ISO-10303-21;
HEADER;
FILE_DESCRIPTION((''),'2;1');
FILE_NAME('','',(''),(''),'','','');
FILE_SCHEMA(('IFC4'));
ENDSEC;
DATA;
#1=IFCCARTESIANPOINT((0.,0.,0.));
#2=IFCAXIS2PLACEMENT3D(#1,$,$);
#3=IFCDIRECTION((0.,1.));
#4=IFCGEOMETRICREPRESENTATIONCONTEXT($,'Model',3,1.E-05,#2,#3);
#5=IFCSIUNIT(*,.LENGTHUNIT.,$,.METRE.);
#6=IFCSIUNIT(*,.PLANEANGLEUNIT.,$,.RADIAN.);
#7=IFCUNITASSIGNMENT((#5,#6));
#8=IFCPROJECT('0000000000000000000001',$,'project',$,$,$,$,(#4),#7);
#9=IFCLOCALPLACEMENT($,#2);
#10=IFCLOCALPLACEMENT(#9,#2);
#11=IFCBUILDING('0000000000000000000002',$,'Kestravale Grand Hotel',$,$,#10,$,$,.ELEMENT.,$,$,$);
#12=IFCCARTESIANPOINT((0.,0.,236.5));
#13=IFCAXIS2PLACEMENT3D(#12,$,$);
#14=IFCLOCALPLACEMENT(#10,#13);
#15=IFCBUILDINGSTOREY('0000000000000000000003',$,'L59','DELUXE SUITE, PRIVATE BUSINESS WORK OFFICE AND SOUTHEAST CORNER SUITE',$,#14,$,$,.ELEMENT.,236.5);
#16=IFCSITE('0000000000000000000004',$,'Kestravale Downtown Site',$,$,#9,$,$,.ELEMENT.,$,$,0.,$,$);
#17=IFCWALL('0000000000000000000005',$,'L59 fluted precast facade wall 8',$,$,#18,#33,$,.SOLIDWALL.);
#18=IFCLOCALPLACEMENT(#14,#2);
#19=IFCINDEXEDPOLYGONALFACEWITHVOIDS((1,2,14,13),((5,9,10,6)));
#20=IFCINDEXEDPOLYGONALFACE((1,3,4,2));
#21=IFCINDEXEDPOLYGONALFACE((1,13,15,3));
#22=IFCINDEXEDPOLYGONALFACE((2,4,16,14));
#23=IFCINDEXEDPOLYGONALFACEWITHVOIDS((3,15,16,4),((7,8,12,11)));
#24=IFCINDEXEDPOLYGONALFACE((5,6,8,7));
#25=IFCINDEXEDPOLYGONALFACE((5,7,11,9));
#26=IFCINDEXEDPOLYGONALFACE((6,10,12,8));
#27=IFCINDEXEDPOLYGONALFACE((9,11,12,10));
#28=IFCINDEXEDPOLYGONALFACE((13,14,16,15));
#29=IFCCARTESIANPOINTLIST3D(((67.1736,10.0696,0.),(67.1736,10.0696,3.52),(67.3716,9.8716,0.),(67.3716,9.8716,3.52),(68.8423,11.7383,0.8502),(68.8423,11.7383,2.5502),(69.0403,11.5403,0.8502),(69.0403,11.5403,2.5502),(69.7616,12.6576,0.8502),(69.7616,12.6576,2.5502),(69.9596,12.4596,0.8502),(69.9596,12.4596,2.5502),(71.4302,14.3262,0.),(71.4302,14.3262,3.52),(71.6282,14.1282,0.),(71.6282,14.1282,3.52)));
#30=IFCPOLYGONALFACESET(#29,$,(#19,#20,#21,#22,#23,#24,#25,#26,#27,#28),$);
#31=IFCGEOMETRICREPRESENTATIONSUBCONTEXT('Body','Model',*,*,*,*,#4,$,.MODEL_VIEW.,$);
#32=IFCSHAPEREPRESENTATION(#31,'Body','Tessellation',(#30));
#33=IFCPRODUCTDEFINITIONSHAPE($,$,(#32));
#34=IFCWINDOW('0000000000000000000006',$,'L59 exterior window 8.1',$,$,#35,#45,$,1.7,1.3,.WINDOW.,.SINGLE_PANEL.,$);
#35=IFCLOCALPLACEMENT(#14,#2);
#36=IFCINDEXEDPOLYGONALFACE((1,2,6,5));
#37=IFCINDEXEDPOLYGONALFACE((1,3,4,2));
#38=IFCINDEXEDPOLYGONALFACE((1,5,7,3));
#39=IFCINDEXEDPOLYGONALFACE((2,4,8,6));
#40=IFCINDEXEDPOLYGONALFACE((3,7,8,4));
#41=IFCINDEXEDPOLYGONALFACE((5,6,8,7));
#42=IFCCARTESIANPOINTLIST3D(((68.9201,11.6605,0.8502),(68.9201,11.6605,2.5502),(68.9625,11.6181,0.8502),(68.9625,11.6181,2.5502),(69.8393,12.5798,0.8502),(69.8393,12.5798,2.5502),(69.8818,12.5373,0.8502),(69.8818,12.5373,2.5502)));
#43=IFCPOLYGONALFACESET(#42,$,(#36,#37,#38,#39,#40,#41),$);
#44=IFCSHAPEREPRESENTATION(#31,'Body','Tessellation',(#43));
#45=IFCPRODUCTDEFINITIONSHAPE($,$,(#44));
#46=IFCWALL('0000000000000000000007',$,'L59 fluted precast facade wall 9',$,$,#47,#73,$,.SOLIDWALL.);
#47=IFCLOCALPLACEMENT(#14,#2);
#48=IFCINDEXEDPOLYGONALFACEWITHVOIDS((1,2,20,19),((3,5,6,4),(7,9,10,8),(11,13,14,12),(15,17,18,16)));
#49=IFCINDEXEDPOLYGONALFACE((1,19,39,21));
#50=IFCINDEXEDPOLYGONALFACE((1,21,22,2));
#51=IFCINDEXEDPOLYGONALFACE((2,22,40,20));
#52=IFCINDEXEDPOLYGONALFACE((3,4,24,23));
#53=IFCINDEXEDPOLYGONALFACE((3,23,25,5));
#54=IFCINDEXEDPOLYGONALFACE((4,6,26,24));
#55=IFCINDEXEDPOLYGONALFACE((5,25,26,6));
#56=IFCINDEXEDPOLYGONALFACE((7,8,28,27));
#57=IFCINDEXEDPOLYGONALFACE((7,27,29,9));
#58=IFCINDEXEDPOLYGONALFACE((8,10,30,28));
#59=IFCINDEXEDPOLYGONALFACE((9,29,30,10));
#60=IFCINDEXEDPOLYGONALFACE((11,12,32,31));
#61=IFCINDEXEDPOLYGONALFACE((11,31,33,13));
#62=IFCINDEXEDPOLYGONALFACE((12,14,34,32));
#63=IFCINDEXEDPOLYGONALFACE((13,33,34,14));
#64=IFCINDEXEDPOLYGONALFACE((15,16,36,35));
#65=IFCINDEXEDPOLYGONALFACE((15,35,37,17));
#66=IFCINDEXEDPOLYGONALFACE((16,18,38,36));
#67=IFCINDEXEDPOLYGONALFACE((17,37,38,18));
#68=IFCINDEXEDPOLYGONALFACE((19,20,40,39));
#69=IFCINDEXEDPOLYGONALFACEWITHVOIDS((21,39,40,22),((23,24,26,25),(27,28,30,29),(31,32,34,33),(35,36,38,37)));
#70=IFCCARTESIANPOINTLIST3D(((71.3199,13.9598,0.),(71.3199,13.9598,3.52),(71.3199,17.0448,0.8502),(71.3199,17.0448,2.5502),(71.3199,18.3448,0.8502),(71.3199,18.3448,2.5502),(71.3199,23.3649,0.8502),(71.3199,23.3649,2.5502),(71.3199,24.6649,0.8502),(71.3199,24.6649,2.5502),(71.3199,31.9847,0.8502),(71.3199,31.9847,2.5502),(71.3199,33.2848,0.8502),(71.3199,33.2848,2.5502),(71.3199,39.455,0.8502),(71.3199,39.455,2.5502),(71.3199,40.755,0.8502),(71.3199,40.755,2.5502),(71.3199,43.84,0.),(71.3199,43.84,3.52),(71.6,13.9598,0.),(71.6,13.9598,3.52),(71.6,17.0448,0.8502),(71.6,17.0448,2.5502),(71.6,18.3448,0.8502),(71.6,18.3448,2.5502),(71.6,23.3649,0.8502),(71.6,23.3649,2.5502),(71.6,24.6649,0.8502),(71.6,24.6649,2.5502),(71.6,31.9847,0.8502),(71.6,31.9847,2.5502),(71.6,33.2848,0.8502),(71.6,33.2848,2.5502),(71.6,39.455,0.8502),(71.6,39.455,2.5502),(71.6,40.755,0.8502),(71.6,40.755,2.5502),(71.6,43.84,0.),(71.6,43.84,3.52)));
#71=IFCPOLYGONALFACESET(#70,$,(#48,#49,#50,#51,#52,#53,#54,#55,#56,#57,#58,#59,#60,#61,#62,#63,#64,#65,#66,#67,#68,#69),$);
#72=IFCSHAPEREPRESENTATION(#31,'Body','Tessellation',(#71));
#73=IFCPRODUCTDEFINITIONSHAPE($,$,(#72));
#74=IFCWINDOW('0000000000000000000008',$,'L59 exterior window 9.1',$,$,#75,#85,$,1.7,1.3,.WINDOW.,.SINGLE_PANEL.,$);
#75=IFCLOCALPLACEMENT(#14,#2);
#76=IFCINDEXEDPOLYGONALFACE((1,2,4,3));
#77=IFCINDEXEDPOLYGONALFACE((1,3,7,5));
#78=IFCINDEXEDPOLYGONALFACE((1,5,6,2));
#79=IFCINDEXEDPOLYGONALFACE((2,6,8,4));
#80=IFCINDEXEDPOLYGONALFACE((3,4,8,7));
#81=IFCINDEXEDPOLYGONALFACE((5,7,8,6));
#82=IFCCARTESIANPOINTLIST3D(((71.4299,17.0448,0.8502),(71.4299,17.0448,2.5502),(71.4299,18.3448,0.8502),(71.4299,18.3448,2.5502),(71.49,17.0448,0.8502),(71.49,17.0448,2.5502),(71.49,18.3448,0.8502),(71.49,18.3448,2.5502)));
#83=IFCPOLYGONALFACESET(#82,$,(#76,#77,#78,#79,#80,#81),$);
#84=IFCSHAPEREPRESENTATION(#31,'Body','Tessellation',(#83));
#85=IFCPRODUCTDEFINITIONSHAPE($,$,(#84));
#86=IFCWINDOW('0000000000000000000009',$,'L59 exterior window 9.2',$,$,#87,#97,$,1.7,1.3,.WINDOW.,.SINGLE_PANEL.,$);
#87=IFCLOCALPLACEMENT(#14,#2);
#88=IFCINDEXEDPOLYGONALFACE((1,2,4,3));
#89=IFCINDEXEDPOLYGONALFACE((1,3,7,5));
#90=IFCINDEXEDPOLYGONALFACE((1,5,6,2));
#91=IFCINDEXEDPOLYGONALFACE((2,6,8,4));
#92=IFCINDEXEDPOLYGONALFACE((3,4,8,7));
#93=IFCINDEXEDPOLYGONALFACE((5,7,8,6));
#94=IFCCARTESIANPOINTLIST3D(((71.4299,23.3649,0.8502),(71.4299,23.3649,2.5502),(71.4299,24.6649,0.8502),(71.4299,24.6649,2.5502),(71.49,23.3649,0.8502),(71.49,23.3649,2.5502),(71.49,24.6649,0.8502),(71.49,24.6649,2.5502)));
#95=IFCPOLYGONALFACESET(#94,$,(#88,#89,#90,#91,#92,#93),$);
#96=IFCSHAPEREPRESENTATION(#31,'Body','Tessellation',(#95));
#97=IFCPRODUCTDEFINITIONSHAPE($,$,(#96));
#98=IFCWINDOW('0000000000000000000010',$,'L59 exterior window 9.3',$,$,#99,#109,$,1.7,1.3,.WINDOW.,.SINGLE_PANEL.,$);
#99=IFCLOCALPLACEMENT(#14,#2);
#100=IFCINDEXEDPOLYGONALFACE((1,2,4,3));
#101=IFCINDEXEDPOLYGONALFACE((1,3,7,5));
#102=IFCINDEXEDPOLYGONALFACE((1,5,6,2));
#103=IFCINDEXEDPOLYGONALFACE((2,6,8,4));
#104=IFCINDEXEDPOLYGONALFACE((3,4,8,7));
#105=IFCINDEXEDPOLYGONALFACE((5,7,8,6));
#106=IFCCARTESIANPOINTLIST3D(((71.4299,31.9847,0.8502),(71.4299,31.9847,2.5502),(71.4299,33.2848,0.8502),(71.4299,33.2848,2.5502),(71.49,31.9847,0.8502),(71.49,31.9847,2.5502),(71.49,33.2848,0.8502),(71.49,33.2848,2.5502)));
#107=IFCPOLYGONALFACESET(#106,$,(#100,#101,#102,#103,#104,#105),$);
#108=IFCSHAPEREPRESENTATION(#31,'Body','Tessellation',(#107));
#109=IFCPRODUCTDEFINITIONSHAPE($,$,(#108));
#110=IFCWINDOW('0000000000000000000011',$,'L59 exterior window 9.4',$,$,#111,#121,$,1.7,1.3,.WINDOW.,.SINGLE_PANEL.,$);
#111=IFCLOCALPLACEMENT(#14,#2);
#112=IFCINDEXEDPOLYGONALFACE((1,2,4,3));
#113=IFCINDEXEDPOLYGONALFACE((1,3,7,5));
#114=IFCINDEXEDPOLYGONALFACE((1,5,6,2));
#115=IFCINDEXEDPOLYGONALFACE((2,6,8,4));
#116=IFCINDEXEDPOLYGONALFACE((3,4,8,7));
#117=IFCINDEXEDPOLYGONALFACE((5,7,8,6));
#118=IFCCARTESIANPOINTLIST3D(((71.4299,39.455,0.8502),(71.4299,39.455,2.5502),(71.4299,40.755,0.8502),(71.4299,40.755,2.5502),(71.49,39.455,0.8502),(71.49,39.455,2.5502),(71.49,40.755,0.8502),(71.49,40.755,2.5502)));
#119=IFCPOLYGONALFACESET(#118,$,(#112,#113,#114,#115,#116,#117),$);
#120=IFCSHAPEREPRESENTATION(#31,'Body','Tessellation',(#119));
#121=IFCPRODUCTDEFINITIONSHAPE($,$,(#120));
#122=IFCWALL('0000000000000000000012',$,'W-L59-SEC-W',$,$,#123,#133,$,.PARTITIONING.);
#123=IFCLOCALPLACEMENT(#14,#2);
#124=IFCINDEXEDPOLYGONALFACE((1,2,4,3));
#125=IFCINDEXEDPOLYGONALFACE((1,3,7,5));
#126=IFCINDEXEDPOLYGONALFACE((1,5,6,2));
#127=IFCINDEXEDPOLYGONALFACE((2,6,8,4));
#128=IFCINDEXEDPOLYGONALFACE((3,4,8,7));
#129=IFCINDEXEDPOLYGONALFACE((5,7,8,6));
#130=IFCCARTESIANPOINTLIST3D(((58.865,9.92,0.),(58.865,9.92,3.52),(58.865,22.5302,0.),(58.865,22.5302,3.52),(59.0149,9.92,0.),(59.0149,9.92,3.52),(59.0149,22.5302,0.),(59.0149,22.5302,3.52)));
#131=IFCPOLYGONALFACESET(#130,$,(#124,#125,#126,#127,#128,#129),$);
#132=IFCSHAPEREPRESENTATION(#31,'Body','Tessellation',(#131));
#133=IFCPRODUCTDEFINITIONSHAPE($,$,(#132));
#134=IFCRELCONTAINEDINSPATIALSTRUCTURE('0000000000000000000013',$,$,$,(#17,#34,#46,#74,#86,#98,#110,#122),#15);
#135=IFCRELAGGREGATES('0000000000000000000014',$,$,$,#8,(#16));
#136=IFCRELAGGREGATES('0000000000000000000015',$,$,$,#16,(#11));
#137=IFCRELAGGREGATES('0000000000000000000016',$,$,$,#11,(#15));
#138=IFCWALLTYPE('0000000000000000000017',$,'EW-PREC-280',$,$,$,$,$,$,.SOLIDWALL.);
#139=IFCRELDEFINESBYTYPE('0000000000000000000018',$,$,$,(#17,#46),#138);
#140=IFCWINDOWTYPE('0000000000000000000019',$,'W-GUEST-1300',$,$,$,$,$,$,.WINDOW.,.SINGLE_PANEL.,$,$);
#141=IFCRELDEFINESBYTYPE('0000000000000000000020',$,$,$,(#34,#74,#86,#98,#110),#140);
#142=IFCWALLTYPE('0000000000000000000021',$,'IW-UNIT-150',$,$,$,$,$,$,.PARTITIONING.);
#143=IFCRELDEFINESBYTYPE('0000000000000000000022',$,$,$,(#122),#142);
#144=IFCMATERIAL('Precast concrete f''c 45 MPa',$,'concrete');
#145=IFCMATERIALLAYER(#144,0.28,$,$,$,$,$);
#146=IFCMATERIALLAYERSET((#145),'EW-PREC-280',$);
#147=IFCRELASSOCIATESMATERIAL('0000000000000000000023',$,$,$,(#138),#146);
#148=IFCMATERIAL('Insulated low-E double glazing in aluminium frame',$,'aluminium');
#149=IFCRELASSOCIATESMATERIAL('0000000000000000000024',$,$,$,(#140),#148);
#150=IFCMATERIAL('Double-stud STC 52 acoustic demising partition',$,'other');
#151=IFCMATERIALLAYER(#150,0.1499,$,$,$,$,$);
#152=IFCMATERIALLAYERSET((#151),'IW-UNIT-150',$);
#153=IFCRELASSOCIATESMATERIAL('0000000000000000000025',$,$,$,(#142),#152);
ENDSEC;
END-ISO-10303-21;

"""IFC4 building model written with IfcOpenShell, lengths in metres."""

from ifc_helpers import new_model, si_unit, direction, frame, frame_2d, origin, place, context, subcontext, project, spatial, rectangle, extrude, material, layer, layer_set, type_object, element, fill, save


model = new_model("IFC4")

# Units and contexts
model_context = context("Model", 3, precision=1e-05, world=origin(), true_north=direction((0.0, 1.0)))
body_context = subcontext(model_context, "Body", "Model", "MODEL_VIEW")
ifc_project = project(units=[si_unit("LENGTHUNIT", "METRE"), si_unit("PLANEANGLEUNIT", "RADIAN")], contexts=[model_context])

# Site, building, storey
site_placement = place(None, origin())
site = spatial("IfcSite", under=ifc_project, at=site_placement, Name="Kestravale Downtown Site", CompositionType="ELEMENT", RefElevation=0.0)
building_placement = place(site_placement, origin())
building = spatial("IfcBuilding", under=site, at=building_placement, Name="Kestravale Grand Hotel", CompositionType="ELEMENT")
storey_placement = place(building_placement, frame((0.0, 0.0, 236.5)))
storey = spatial("IfcBuildingStorey", under=building, at=storey_placement, Name="L59", Description="DELUXE SUITE, PRIVATE BUSINESS WORK OFFICE AND SOUTHEAST CORNER SUITE", CompositionType="ELEMENT", Elevation=236.5)

# Wall, opening, window
ifc_material_1 = material(Name="Precast concrete f'c 45 MPa", Category="concrete")
ifc_layer_1 = layer(ifc_material_1, 0.28)
ifc_layer_set_1 = layer_set([ifc_layer_1], Name="EW-PREC-280")
wall_type_1 = type_object("IfcWallType", Name="EW-PREC-280", PredefinedType="SOLIDWALL", material=ifc_layer_set_1)
wall_1_placement = place(storey_placement, frame((67.2727, 9.9707, 0.0), z_axis=(0.0, 0.0, 1.0), x_axis=(0.707107, 0.707107, 0.0)))
wall_1 = element("IfcWall", 1, at=wall_1_placement, inside=storey, type_object=wall_type_1, Name="L59 fluted precast facade wall 8", PredefinedType="SOLIDWALL", context=body_context, shape_type="SweptSolid", body=[
    extrude(rectangle(XDim=6.0198, YDim=0.28, at=frame_2d((3.0098, 0.0))), origin(), (0.0, 0.0, 1.0), 3.52),
])
opening_1_placement = place(wall_1_placement, frame((2.3599, 0.0, 0.8501)))
opening_1 = element("IfcOpeningElement", 2, at=opening_1_placement, cuts=wall_1, PredefinedType="OPENING", context=body_context, shape_type="SweptSolid", body=[
    extrude(rectangle(XDim=1.3, YDim=1.7, at=frame_2d((0.6499, 0.8501))), frame((0.0, 0.1499, 0.0), z_axis=(0.0, -1.0, 0.0), x_axis=(1.0, 0.0, 0.0)), (0.0, 0.0, 1.0), 0.3),
])
ifc_material_2 = material(Name="Insulated low-E double glazing in aluminium frame", Category="aluminium")
window_type = type_object("IfcWindowType", Name="W-GUEST-1300", PartitioningType="SINGLE_PANEL", PredefinedType="WINDOW", material=ifc_material_2)
window_1_placement = place(opening_1_placement, origin())
window_1 = element("IfcWindow", 3, at=window_1_placement, inside=storey, type_object=window_type, Name="L59 exterior window 8.1", OverallHeight=1.7, OverallWidth=1.3, PartitioningType="SINGLE_PANEL", PredefinedType="WINDOW", context=body_context, shape_type="SweptSolid", body=[
    extrude(rectangle(XDim=1.3, YDim=1.7, at=frame_2d((0.6499, 0.8501))), frame((0.0, 0.03, 0.0), z_axis=(0.0, -1.0, 0.0), x_axis=(1.0, 0.0, 0.0)), (0.0, 0.0, 1.0), 0.0601),
])
fill(opening_1, window_1)

# Wall, openings, windows
wall_2_placement = place(storey_placement, frame((71.46, 13.96, 0.0), z_axis=(0.0, 0.0, 1.0), x_axis=(0.0, 1.0, 0.0)))
wall_2 = element("IfcWall", 4, at=wall_2_placement, inside=storey, type_object=wall_type_1, Name="L59 fluted precast facade wall 9", PredefinedType="SOLIDWALL", context=body_context, shape_type="SweptSolid", body=[
    extrude(rectangle(XDim=29.8801, YDim=0.28, at=frame_2d((14.9399, 0.0))), origin(), (0.0, 0.0, 1.0), 3.52),
])
opening_2_placement = place(wall_2_placement, frame((3.085, 0.0, 0.8501)))
opening_2 = element("IfcOpeningElement", 5, at=opening_2_placement, cuts=wall_2, PredefinedType="OPENING", context=body_context, shape_type="SweptSolid", body=[
    extrude(rectangle(XDim=1.3, YDim=1.7, at=frame_2d((0.6499, 0.8501))), frame((0.0, 0.1499, 0.0), z_axis=(0.0, -1.0, 0.0), x_axis=(1.0, 0.0, 0.0)), (0.0, 0.0, 1.0), 0.3),
])
opening_3_placement = place(wall_2_placement, frame((9.405, 0.0, 0.8501)))
opening_3 = element("IfcOpeningElement", 6, at=opening_3_placement, cuts=wall_2, PredefinedType="OPENING", context=body_context, shape_type="SweptSolid", body=[
    extrude(rectangle(XDim=1.3, YDim=1.7, at=frame_2d((0.6499, 0.8501))), frame((0.0, 0.1499, 0.0), z_axis=(0.0, -1.0, 0.0), x_axis=(1.0, 0.0, 0.0)), (0.0, 0.0, 1.0), 0.3),
])
opening_4_placement = place(wall_2_placement, frame((18.0249, 0.0, 0.8501)))
opening_4 = element("IfcOpeningElement", 7, at=opening_4_placement, cuts=wall_2, PredefinedType="OPENING", context=body_context, shape_type="SweptSolid", body=[
    extrude(rectangle(XDim=1.3, YDim=1.7, at=frame_2d((0.6499, 0.8501))), frame((0.0, 0.1499, 0.0), z_axis=(0.0, -1.0, 0.0), x_axis=(1.0, 0.0, 0.0)), (0.0, 0.0, 1.0), 0.3),
])
opening_5_placement = place(wall_2_placement, frame((25.4951, 0.0, 0.8501)))
opening_5 = element("IfcOpeningElement", 8, at=opening_5_placement, cuts=wall_2, PredefinedType="OPENING", context=body_context, shape_type="SweptSolid", body=[
    extrude(rectangle(XDim=1.3, YDim=1.7, at=frame_2d((0.6499, 0.8501))), frame((0.0, 0.1499, 0.0), z_axis=(0.0, -1.0, 0.0), x_axis=(1.0, 0.0, 0.0)), (0.0, 0.0, 1.0), 0.3),
])
window_2_placement = place(opening_2_placement, origin())
window_2 = element("IfcWindow", 9, at=window_2_placement, inside=storey, type_object=window_type, Name="L59 exterior window 9.1", OverallHeight=1.7, OverallWidth=1.3, PartitioningType="SINGLE_PANEL", PredefinedType="WINDOW", context=body_context, shape_type="SweptSolid", body=[
    extrude(rectangle(XDim=1.3, YDim=1.7, at=frame_2d((0.6499, 0.8501))), frame((0.0, 0.03, 0.0), z_axis=(0.0, -1.0, 0.0), x_axis=(1.0, 0.0, 0.0)), (0.0, 0.0, 1.0), 0.0601),
])
fill(opening_2, window_2)
window_3_placement = place(opening_3_placement, origin())
window_3 = element("IfcWindow", 10, at=window_3_placement, inside=storey, type_object=window_type, Name="L59 exterior window 9.2", OverallHeight=1.7, OverallWidth=1.3, PartitioningType="SINGLE_PANEL", PredefinedType="WINDOW", context=body_context, shape_type="SweptSolid", body=[
    extrude(rectangle(XDim=1.3, YDim=1.7, at=frame_2d((0.6499, 0.8501))), frame((0.0, 0.03, 0.0), z_axis=(0.0, -1.0, 0.0), x_axis=(1.0, 0.0, 0.0)), (0.0, 0.0, 1.0), 0.0601),
])
fill(opening_3, window_3)
window_4_placement = place(opening_4_placement, origin())
window_4 = element("IfcWindow", 11, at=window_4_placement, inside=storey, type_object=window_type, Name="L59 exterior window 9.3", OverallHeight=1.7, OverallWidth=1.3, PartitioningType="SINGLE_PANEL", PredefinedType="WINDOW", context=body_context, shape_type="SweptSolid", body=[
    extrude(rectangle(XDim=1.3, YDim=1.7, at=frame_2d((0.6499, 0.8501))), frame((0.0, 0.03, 0.0), z_axis=(0.0, -1.0, 0.0), x_axis=(1.0, 0.0, 0.0)), (0.0, 0.0, 1.0), 0.0601),
])
fill(opening_4, window_4)
window_5_placement = place(opening_5_placement, origin())
window_5 = element("IfcWindow", 12, at=window_5_placement, inside=storey, type_object=window_type, Name="L59 exterior window 9.4", OverallHeight=1.7, OverallWidth=1.3, PartitioningType="SINGLE_PANEL", PredefinedType="WINDOW", context=body_context, shape_type="SweptSolid", body=[
    extrude(rectangle(XDim=1.3, YDim=1.7, at=frame_2d((0.6499, 0.8501))), frame((0.0, 0.03, 0.0), z_axis=(0.0, -1.0, 0.0), x_axis=(1.0, 0.0, 0.0)), (0.0, 0.0, 1.0), 0.0601),
])
fill(opening_5, window_5)

# Wall
ifc_material_3 = material(Name="Double-stud STC 52 acoustic demising partition", Category="other")
ifc_layer_2 = layer(ifc_material_3, 0.1499)
ifc_layer_set_2 = layer_set([ifc_layer_2], Name="IW-UNIT-150")
wall_type_2 = type_object("IfcWallType", Name="IW-UNIT-150", PredefinedType="PARTITIONING", material=ifc_layer_set_2)
wall_3_placement = place(storey_placement, frame((58.9399, 9.9199, 0.0), z_axis=(0.0, 0.0, 1.0), x_axis=(0.0, 1.0, 0.0)))
element("IfcWall", 13, at=wall_3_placement, inside=storey, type_object=wall_type_2, Name="W-L59-SEC-W", PredefinedType="PARTITIONING", context=body_context, shape_type="SweptSolid", body=[
    extrude(rectangle(XDim=12.6101, YDim=0.1499, at=frame_2d((6.3052, 0.0))), origin(), (0.0, 0.0, 1.0), 3.52),
])

save(model, "model.ifc")
